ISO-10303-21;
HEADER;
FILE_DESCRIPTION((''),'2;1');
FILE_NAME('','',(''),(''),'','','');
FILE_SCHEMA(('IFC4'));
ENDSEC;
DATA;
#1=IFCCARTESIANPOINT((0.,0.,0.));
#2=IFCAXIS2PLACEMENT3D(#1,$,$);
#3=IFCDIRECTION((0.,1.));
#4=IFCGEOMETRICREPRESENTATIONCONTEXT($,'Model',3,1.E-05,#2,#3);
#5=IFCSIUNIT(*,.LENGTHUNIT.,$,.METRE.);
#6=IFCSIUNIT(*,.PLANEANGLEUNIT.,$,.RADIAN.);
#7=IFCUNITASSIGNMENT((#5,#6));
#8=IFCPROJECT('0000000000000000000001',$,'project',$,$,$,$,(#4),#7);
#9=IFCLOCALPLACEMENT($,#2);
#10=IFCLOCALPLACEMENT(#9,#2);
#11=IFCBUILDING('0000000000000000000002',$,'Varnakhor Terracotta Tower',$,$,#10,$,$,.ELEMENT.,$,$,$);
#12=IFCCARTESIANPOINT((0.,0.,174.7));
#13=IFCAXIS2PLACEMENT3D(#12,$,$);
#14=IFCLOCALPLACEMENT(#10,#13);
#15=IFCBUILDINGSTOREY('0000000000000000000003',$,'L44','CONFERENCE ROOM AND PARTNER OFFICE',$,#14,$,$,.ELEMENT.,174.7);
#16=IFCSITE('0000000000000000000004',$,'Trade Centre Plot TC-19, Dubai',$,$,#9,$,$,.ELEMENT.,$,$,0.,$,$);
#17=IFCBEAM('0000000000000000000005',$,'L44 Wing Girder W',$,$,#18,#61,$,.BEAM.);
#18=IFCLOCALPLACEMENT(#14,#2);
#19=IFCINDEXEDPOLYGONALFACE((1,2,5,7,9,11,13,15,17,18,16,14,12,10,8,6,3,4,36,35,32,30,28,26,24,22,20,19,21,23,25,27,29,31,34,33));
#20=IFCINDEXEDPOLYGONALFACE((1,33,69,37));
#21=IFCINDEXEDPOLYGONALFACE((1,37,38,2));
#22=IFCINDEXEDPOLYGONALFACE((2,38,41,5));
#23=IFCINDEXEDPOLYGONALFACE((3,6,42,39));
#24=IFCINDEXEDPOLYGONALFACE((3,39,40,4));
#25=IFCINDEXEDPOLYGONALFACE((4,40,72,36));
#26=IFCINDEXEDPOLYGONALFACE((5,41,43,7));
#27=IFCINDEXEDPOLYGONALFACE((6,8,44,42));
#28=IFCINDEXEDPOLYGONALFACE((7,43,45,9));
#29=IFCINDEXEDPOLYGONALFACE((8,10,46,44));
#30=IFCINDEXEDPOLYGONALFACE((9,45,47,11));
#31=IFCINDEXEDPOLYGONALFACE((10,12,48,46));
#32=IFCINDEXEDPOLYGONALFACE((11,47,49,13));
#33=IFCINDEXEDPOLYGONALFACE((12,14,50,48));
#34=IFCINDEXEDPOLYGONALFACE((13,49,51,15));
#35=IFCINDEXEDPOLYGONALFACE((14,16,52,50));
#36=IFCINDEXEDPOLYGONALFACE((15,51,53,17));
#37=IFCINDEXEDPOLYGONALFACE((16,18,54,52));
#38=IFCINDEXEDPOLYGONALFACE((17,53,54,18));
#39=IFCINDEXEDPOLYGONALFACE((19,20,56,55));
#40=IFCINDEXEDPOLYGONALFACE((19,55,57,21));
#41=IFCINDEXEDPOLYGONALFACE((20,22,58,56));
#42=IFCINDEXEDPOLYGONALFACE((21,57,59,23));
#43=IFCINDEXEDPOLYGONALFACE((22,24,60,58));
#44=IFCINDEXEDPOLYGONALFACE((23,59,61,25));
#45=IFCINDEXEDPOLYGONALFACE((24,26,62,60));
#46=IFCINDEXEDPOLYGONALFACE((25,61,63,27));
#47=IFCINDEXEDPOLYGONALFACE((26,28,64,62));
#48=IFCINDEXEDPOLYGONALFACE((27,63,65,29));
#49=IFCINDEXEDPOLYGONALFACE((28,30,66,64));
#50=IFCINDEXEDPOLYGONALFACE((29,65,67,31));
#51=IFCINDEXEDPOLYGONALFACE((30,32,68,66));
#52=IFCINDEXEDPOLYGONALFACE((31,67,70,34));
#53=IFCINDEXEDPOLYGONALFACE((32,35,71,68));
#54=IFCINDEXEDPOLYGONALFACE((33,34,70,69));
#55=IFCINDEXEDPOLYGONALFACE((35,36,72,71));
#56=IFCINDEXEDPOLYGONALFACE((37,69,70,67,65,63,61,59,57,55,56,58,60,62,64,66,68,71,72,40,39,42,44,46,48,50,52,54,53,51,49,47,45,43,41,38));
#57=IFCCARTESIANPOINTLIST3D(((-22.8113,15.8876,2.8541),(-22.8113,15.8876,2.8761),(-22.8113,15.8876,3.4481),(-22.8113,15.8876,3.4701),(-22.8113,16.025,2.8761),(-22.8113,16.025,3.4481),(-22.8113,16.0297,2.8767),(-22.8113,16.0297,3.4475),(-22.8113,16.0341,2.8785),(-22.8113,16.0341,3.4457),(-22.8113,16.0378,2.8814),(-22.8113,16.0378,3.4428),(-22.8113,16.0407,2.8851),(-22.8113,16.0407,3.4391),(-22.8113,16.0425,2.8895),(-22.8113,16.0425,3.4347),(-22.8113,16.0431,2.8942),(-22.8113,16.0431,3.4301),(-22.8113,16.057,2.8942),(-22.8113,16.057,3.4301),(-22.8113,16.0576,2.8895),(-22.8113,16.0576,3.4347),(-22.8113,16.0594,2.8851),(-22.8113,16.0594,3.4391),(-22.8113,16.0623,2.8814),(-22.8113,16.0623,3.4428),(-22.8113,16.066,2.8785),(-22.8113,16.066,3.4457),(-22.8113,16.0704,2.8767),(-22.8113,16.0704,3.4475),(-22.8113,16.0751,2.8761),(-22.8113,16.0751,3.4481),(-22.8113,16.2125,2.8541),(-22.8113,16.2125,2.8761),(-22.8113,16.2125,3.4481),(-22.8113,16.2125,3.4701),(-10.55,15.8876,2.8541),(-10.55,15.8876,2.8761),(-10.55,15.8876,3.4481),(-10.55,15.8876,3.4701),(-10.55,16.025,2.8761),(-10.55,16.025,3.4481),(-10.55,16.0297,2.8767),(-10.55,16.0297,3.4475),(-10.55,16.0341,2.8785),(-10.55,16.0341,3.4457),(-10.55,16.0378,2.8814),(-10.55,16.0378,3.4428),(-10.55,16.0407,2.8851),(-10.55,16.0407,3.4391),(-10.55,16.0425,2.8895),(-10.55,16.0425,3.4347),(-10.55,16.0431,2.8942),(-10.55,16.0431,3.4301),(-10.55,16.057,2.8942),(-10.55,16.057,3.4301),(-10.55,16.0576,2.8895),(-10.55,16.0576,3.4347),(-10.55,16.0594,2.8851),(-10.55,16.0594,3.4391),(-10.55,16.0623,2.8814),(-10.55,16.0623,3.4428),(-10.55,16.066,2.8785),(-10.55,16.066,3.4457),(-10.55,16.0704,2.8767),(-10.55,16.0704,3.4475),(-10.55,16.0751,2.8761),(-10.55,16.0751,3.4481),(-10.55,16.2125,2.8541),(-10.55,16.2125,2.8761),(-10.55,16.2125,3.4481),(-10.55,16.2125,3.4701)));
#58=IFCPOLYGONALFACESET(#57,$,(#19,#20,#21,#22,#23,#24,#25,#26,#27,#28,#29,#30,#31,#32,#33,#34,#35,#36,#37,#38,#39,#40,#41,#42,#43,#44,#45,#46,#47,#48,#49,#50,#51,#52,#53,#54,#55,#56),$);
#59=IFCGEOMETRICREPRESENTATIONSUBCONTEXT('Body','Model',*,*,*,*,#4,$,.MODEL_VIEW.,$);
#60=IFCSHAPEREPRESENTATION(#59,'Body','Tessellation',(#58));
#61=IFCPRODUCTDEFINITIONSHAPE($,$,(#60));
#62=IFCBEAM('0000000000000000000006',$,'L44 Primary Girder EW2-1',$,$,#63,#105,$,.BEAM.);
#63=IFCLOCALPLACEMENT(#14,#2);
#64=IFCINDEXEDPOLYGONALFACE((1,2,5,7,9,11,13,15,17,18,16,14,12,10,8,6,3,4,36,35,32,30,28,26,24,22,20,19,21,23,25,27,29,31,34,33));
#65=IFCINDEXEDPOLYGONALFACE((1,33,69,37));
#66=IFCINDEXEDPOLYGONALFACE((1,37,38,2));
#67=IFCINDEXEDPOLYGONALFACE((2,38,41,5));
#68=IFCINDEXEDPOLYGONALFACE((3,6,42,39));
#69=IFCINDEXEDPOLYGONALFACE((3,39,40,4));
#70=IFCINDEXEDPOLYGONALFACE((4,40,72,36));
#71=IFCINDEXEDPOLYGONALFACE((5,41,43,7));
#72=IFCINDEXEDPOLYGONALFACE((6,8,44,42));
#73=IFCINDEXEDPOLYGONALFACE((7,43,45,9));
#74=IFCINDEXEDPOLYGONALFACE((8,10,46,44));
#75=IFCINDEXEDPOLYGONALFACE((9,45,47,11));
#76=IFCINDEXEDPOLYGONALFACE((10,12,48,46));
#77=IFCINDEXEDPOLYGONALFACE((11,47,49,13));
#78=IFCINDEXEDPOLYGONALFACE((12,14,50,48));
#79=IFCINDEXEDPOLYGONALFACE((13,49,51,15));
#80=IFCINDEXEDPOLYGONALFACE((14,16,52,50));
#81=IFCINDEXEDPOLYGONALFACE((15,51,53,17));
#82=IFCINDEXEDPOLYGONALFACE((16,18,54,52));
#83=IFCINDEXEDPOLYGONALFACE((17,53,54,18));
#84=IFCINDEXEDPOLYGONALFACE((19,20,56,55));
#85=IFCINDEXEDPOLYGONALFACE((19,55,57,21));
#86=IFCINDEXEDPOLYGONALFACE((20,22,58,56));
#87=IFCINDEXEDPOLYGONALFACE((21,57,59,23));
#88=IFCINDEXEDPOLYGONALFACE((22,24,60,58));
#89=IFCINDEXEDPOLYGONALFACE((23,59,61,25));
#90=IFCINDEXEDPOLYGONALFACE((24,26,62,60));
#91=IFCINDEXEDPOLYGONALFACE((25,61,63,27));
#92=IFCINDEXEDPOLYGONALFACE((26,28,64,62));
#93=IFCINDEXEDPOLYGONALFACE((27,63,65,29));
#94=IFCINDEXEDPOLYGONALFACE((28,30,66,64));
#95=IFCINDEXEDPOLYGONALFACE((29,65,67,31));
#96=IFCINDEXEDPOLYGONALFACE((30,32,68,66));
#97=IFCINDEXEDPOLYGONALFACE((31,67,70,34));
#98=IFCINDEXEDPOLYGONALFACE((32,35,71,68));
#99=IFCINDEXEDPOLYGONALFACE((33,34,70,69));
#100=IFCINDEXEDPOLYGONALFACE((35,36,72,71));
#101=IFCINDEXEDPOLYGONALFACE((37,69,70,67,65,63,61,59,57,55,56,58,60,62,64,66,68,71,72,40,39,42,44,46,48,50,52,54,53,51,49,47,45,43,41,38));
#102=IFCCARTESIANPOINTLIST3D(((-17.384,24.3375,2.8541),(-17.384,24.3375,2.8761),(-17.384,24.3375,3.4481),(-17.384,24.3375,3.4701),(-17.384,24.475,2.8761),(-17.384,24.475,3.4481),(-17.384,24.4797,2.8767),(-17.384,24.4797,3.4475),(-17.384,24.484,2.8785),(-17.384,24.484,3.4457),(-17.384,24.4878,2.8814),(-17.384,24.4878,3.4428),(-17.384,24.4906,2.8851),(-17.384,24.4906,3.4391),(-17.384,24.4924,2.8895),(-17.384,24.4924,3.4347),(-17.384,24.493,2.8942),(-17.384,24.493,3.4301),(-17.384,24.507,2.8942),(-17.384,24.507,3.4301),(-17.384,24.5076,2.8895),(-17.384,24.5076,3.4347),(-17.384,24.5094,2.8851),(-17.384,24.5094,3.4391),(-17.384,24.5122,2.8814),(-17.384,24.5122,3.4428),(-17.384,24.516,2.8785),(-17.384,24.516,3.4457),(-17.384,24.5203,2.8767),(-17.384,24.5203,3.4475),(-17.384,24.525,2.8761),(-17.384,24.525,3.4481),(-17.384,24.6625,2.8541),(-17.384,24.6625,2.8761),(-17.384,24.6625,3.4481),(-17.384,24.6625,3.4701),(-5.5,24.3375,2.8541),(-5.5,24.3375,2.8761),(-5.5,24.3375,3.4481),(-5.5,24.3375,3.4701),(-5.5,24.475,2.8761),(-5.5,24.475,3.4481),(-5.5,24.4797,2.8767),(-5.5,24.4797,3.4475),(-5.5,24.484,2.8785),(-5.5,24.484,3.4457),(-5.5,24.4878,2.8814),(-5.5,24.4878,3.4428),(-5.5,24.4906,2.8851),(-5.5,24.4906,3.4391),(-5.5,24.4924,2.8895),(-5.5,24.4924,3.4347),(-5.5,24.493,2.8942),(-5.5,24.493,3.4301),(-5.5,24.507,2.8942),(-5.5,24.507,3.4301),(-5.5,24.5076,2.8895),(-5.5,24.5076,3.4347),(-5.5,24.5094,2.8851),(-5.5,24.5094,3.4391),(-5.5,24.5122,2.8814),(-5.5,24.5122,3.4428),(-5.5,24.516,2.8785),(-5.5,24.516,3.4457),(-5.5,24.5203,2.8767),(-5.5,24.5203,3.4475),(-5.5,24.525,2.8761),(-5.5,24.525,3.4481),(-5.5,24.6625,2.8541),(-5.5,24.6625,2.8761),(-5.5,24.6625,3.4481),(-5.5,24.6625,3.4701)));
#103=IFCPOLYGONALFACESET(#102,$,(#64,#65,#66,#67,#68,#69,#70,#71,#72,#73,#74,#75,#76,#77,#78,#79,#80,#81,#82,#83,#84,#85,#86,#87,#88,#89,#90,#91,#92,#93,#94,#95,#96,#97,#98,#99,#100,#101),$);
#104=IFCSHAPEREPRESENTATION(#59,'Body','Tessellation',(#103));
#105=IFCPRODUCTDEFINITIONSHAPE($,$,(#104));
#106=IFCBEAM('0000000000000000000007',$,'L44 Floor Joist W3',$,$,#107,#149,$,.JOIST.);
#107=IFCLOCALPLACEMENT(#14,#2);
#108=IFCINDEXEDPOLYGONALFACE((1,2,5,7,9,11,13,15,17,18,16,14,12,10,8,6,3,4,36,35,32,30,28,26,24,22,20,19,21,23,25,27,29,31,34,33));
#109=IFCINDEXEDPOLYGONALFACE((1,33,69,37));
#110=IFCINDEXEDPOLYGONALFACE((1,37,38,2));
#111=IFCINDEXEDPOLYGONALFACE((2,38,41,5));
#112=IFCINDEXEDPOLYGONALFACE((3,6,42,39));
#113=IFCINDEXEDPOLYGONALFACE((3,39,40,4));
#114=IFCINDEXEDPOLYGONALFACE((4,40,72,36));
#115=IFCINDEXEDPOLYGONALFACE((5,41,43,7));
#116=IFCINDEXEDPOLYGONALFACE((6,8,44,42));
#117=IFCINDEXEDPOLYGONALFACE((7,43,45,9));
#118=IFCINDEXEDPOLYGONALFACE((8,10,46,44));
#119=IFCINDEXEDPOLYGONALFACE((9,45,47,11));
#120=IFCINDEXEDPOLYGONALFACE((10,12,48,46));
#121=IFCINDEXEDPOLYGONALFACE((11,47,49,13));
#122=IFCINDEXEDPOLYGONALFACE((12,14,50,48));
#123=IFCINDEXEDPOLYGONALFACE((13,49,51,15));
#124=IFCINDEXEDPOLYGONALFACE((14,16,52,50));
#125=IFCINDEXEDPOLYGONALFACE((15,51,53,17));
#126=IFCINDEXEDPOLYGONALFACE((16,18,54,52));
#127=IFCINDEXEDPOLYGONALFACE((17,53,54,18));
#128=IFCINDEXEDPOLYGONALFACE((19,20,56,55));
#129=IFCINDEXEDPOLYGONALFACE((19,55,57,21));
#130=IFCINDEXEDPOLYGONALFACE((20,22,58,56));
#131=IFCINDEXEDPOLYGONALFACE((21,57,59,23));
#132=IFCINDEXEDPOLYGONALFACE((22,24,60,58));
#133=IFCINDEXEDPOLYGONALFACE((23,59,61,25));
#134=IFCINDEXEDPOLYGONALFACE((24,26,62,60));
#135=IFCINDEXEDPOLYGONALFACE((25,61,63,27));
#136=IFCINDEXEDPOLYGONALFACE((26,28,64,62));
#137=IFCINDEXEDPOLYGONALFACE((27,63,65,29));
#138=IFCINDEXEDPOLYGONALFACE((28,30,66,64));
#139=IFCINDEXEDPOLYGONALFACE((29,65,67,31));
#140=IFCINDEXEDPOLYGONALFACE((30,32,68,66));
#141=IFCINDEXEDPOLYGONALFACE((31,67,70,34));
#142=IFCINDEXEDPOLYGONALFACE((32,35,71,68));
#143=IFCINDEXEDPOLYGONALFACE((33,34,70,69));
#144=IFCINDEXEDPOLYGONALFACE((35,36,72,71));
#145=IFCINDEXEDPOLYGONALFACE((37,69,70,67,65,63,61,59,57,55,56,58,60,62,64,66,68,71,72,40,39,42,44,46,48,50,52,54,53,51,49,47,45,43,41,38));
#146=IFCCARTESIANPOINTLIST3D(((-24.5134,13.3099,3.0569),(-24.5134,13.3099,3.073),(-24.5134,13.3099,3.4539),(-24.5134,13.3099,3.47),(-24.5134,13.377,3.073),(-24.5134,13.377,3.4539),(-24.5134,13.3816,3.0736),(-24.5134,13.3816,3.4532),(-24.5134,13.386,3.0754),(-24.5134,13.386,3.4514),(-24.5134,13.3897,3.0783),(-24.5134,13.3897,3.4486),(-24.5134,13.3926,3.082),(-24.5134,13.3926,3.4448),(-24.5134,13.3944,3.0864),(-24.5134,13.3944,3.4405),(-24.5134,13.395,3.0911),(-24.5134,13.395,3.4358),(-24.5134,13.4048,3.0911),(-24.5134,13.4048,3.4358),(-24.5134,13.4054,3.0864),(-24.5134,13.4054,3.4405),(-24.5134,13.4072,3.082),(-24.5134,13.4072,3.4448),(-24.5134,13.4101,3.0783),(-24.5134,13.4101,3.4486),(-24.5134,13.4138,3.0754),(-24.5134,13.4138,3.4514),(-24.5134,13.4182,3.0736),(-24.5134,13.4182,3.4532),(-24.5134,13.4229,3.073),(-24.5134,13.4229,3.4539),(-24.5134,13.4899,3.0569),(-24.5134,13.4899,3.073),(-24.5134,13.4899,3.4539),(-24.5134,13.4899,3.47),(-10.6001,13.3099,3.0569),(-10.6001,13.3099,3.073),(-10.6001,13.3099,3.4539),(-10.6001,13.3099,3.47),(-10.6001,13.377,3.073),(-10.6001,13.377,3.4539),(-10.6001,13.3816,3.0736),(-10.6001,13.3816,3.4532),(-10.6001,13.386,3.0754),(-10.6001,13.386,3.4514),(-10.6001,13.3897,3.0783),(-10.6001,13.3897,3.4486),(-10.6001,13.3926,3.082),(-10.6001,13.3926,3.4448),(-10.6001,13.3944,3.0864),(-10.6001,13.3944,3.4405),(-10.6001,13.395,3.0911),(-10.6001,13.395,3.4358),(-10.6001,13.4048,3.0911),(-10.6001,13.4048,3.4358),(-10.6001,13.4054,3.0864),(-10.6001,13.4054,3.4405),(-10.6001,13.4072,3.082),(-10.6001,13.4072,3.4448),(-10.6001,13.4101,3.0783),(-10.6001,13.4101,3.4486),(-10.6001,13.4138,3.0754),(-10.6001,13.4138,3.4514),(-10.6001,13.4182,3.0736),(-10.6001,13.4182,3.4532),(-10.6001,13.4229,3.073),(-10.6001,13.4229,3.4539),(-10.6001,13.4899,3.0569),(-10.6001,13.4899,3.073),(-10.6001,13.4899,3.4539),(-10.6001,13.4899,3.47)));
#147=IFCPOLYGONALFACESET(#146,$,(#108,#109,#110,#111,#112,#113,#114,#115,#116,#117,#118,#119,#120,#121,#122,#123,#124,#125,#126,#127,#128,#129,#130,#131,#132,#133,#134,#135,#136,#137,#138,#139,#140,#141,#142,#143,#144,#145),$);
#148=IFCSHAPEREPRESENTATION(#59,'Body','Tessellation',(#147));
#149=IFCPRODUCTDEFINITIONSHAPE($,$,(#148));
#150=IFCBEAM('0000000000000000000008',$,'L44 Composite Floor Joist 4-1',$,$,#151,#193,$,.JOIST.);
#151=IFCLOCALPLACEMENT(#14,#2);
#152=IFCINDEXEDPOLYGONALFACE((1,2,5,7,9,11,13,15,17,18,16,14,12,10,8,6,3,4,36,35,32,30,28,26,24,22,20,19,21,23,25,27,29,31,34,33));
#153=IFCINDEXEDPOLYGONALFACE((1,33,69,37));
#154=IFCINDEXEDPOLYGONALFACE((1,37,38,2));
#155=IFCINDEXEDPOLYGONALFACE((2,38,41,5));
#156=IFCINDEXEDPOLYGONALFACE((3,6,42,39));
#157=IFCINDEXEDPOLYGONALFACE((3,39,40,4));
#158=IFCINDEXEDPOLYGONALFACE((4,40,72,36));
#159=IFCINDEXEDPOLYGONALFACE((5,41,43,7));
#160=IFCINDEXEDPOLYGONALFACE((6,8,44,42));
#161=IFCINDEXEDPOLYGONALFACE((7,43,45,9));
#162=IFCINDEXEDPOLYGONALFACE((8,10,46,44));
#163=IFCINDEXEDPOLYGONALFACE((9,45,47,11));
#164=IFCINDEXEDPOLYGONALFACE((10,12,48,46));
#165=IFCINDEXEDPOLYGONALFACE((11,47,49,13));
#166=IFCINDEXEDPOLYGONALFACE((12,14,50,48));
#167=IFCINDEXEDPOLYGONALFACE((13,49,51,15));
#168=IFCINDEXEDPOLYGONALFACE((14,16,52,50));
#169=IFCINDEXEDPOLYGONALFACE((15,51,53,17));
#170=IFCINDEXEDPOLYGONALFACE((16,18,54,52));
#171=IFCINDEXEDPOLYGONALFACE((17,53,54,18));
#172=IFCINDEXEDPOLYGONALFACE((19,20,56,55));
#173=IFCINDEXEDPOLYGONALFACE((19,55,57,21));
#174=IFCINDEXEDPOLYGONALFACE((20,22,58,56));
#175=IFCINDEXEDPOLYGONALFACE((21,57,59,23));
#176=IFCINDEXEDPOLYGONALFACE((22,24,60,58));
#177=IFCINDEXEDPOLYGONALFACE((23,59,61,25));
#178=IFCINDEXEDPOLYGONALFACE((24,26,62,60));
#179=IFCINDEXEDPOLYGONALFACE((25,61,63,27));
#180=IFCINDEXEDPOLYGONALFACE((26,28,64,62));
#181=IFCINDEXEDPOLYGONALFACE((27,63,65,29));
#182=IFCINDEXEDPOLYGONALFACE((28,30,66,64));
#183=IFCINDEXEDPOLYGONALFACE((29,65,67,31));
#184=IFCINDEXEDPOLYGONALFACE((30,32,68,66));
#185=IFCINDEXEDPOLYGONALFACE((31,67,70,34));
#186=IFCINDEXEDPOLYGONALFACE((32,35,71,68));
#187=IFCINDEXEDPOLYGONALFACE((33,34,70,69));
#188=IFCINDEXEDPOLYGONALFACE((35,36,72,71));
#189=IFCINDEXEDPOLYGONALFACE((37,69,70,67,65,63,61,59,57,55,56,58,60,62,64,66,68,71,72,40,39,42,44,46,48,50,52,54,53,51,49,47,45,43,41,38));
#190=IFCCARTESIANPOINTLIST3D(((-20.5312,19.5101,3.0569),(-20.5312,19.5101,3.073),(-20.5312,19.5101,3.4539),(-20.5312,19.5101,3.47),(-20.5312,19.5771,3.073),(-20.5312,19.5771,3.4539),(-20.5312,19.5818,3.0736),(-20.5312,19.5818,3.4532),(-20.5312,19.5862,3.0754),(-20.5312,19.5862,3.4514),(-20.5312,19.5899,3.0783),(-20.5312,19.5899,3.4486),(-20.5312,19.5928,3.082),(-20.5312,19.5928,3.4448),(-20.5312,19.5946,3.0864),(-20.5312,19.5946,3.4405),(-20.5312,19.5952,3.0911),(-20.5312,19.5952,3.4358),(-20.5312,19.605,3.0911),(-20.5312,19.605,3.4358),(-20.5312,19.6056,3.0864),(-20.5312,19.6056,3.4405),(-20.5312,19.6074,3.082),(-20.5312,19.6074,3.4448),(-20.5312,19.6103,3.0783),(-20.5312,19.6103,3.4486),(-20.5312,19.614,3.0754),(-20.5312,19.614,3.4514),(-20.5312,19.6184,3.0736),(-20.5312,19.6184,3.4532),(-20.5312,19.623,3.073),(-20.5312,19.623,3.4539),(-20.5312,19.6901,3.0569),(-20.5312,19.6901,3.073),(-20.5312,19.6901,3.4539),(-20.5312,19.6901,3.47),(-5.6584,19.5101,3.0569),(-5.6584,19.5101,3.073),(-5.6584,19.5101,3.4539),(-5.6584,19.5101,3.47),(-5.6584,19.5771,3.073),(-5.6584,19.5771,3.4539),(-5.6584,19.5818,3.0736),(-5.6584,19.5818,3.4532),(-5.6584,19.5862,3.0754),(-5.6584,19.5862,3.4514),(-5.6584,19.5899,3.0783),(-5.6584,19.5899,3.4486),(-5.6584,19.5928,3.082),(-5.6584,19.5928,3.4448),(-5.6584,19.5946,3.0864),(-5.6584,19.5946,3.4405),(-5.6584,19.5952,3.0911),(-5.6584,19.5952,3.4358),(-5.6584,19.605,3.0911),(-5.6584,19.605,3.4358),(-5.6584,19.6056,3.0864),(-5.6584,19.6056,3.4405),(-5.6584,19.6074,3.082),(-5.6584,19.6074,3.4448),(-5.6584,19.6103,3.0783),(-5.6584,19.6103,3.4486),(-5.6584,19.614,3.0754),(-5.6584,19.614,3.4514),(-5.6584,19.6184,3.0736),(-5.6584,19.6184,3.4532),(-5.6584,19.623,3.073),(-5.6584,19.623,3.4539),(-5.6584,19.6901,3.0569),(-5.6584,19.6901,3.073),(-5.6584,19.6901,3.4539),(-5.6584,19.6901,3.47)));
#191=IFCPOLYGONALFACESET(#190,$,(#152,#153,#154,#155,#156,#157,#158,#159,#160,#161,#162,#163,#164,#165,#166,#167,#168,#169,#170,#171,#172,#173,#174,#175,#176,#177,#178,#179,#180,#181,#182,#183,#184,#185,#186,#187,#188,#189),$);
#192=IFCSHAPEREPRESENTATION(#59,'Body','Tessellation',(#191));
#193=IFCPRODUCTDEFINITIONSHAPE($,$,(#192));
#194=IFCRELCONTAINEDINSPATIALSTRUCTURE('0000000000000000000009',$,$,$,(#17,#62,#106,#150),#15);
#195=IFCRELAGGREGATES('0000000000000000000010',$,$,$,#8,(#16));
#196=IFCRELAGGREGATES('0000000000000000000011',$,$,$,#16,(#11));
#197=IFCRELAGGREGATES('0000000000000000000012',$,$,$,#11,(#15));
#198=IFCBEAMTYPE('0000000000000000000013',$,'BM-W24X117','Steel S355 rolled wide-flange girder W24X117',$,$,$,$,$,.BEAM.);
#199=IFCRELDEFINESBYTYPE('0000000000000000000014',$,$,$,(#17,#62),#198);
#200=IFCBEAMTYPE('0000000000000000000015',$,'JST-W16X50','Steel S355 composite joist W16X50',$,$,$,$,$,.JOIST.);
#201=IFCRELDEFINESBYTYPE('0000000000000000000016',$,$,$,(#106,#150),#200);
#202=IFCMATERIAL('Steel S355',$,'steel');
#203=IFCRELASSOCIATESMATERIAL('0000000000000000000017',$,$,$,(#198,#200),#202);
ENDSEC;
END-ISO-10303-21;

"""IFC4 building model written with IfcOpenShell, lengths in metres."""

from ifc_helpers import new_model, si_unit, direction, frame, origin, origin_2d, place, context, subcontext, project, spatial, i_section, extrude, source, transform, mapped, material, material_profile, profile_set, type_object, element, save


model = new_model("IFC4")

# Units and contexts
model_context = context("Model", 3, precision=1e-05, world=origin(), true_north=direction((0.0, 1.0)))
body_context = subcontext(model_context, "Body", "Model", "MODEL_VIEW")
ifc_project = project(units=[si_unit("LENGTHUNIT", "METRE"), si_unit("PLANEANGLEUNIT", "RADIAN")], contexts=[model_context])

# Site, building, storey
site_placement = place(None, origin())
site = spatial("IfcSite", under=ifc_project, at=site_placement, Name="Trade Centre Plot TC-19, Dubai", CompositionType="ELEMENT", RefElevation=0.0)
building_placement = place(site_placement, origin())
building = spatial("IfcBuilding", under=site, at=building_placement, Name="Varnakhor Terracotta Tower", CompositionType="ELEMENT")
storey_placement = place(building_placement, frame((0.0, 0.0, 174.7)))
storey = spatial("IfcBuildingStorey", under=building, at=storey_placement, Name="L44", Description="CONFERENCE ROOM AND PARTNER OFFICE", CompositionType="ELEMENT", Elevation=174.7)

# Beams
ifc_material_1 = material(Name="Steel S355", Category="steel")
ifc_material_profile_1 = material_profile(ifc_material_1, i_section(OverallWidth=0.325, OverallDepth=0.616, WebThickness=0.0139, FlangeThickness=0.022, FilletRadius=0.0181, at=origin_2d()), Name="W24X117")
ifc_profile_set_1 = profile_set([ifc_material_profile_1], Name="Steel S355")
beam_type_1 = type_object("IfcBeamType", Name="BM-W24X117", Description="Steel S355 rolled wide-flange girder W24X117", PredefinedType="BEAM", material=ifc_profile_set_1)
shared_shape_1 = source(origin(), body_context, "Body", "SweptSolid", [
    extrude(i_section(OverallWidth=0.325, OverallDepth=0.616, WebThickness=0.0139, FlangeThickness=0.022, FilletRadius=0.0181, at=origin_2d()), origin(), (0.0, 0.0, 1.0), 12.2612),
])
beam_1_placement = place(storey_placement, frame((-22.8113, 16.05, 3.1621), z_axis=(1.0, 0.0, 0.0), x_axis=(0.0, 1.0, 0.0)))
element("IfcBeam", 1, at=beam_1_placement, inside=storey, type_object=beam_type_1, Name="L44 Wing Girder W", PredefinedType="BEAM", context=body_context, shape_type="MappedRepresentation", body=[
    mapped(shared_shape_1, transform((0.0, 0.0, 0.0), scale=1.0)),
])
shared_shape_2 = source(origin(), body_context, "Body", "SweptSolid", [
    extrude(i_section(OverallWidth=0.325, OverallDepth=0.616, WebThickness=0.0139, FlangeThickness=0.022, FilletRadius=0.0181, at=origin_2d()), origin(), (0.0, 0.0, 1.0), 11.884),
])
beam_2_placement = place(storey_placement, frame((-17.384, 24.5, 3.1621), z_axis=(1.0, 0.0, 0.0), x_axis=(0.0, 1.0, 0.0)))
element("IfcBeam", 2, at=beam_2_placement, inside=storey, type_object=beam_type_1, Name="L44 Primary Girder EW2-1", PredefinedType="BEAM", context=body_context, shape_type="MappedRepresentation", body=[
    mapped(shared_shape_2, transform((0.0, 0.0, 0.0), scale=1.0)),
])
ifc_material_profile_2 = material_profile(ifc_material_1, i_section(OverallWidth=0.1799, OverallDepth=0.4131, WebThickness=0.0098, FlangeThickness=0.0161, FilletRadius=0.0181, at=origin_2d()), Name="W16X50")
ifc_profile_set_2 = profile_set([ifc_material_profile_2], Name="Steel S355")
beam_type_2 = type_object("IfcBeamType", Name="JST-W16X50", Description="Steel S355 composite joist W16X50", PredefinedType="JOIST", material=ifc_profile_set_2)
shared_shape_3 = source(origin(), body_context, "Body", "SweptSolid", [
    extrude(i_section(OverallWidth=0.1799, OverallDepth=0.4131, WebThickness=0.0098, FlangeThickness=0.0161, FilletRadius=0.0181, at=origin_2d()), origin(), (0.0, 0.0, 1.0), 13.9133),
])
beam_3_placement = place(storey_placement, frame((-24.5134, 13.3999, 3.2634), z_axis=(1.0, 0.0, 0.0), x_axis=(0.0, 1.0, 0.0)))
element("IfcBeam", 3, at=beam_3_placement, inside=storey, type_object=beam_type_2, Name="L44 Floor Joist W3", PredefinedType="JOIST", context=body_context, shape_type="MappedRepresentation", body=[
    mapped(shared_shape_3, transform((0.0, 0.0, 0.0), scale=1.0)),
])
shared_shape_4 = source(origin(), body_context, "Body", "SweptSolid", [
    extrude(i_section(OverallWidth=0.1799, OverallDepth=0.4131, WebThickness=0.0098, FlangeThickness=0.0161, FilletRadius=0.0181, at=origin_2d()), origin(), (0.0, 0.0, 1.0), 14.8728),
])
beam_4_placement = place(storey_placement, frame((-20.5312, 19.6001, 3.2634), z_axis=(1.0, 0.0, 0.0), x_axis=(0.0, 1.0, 0.0)))
element("IfcBeam", 4, at=beam_4_placement, inside=storey, type_object=beam_type_2, Name="L44 Composite Floor Joist 4-1", PredefinedType="JOIST", context=body_context, shape_type="MappedRepresentation", body=[
    mapped(shared_shape_4, transform((0.0, 0.0, 0.0), scale=1.0)),
])

save(model, "model.ifc")
